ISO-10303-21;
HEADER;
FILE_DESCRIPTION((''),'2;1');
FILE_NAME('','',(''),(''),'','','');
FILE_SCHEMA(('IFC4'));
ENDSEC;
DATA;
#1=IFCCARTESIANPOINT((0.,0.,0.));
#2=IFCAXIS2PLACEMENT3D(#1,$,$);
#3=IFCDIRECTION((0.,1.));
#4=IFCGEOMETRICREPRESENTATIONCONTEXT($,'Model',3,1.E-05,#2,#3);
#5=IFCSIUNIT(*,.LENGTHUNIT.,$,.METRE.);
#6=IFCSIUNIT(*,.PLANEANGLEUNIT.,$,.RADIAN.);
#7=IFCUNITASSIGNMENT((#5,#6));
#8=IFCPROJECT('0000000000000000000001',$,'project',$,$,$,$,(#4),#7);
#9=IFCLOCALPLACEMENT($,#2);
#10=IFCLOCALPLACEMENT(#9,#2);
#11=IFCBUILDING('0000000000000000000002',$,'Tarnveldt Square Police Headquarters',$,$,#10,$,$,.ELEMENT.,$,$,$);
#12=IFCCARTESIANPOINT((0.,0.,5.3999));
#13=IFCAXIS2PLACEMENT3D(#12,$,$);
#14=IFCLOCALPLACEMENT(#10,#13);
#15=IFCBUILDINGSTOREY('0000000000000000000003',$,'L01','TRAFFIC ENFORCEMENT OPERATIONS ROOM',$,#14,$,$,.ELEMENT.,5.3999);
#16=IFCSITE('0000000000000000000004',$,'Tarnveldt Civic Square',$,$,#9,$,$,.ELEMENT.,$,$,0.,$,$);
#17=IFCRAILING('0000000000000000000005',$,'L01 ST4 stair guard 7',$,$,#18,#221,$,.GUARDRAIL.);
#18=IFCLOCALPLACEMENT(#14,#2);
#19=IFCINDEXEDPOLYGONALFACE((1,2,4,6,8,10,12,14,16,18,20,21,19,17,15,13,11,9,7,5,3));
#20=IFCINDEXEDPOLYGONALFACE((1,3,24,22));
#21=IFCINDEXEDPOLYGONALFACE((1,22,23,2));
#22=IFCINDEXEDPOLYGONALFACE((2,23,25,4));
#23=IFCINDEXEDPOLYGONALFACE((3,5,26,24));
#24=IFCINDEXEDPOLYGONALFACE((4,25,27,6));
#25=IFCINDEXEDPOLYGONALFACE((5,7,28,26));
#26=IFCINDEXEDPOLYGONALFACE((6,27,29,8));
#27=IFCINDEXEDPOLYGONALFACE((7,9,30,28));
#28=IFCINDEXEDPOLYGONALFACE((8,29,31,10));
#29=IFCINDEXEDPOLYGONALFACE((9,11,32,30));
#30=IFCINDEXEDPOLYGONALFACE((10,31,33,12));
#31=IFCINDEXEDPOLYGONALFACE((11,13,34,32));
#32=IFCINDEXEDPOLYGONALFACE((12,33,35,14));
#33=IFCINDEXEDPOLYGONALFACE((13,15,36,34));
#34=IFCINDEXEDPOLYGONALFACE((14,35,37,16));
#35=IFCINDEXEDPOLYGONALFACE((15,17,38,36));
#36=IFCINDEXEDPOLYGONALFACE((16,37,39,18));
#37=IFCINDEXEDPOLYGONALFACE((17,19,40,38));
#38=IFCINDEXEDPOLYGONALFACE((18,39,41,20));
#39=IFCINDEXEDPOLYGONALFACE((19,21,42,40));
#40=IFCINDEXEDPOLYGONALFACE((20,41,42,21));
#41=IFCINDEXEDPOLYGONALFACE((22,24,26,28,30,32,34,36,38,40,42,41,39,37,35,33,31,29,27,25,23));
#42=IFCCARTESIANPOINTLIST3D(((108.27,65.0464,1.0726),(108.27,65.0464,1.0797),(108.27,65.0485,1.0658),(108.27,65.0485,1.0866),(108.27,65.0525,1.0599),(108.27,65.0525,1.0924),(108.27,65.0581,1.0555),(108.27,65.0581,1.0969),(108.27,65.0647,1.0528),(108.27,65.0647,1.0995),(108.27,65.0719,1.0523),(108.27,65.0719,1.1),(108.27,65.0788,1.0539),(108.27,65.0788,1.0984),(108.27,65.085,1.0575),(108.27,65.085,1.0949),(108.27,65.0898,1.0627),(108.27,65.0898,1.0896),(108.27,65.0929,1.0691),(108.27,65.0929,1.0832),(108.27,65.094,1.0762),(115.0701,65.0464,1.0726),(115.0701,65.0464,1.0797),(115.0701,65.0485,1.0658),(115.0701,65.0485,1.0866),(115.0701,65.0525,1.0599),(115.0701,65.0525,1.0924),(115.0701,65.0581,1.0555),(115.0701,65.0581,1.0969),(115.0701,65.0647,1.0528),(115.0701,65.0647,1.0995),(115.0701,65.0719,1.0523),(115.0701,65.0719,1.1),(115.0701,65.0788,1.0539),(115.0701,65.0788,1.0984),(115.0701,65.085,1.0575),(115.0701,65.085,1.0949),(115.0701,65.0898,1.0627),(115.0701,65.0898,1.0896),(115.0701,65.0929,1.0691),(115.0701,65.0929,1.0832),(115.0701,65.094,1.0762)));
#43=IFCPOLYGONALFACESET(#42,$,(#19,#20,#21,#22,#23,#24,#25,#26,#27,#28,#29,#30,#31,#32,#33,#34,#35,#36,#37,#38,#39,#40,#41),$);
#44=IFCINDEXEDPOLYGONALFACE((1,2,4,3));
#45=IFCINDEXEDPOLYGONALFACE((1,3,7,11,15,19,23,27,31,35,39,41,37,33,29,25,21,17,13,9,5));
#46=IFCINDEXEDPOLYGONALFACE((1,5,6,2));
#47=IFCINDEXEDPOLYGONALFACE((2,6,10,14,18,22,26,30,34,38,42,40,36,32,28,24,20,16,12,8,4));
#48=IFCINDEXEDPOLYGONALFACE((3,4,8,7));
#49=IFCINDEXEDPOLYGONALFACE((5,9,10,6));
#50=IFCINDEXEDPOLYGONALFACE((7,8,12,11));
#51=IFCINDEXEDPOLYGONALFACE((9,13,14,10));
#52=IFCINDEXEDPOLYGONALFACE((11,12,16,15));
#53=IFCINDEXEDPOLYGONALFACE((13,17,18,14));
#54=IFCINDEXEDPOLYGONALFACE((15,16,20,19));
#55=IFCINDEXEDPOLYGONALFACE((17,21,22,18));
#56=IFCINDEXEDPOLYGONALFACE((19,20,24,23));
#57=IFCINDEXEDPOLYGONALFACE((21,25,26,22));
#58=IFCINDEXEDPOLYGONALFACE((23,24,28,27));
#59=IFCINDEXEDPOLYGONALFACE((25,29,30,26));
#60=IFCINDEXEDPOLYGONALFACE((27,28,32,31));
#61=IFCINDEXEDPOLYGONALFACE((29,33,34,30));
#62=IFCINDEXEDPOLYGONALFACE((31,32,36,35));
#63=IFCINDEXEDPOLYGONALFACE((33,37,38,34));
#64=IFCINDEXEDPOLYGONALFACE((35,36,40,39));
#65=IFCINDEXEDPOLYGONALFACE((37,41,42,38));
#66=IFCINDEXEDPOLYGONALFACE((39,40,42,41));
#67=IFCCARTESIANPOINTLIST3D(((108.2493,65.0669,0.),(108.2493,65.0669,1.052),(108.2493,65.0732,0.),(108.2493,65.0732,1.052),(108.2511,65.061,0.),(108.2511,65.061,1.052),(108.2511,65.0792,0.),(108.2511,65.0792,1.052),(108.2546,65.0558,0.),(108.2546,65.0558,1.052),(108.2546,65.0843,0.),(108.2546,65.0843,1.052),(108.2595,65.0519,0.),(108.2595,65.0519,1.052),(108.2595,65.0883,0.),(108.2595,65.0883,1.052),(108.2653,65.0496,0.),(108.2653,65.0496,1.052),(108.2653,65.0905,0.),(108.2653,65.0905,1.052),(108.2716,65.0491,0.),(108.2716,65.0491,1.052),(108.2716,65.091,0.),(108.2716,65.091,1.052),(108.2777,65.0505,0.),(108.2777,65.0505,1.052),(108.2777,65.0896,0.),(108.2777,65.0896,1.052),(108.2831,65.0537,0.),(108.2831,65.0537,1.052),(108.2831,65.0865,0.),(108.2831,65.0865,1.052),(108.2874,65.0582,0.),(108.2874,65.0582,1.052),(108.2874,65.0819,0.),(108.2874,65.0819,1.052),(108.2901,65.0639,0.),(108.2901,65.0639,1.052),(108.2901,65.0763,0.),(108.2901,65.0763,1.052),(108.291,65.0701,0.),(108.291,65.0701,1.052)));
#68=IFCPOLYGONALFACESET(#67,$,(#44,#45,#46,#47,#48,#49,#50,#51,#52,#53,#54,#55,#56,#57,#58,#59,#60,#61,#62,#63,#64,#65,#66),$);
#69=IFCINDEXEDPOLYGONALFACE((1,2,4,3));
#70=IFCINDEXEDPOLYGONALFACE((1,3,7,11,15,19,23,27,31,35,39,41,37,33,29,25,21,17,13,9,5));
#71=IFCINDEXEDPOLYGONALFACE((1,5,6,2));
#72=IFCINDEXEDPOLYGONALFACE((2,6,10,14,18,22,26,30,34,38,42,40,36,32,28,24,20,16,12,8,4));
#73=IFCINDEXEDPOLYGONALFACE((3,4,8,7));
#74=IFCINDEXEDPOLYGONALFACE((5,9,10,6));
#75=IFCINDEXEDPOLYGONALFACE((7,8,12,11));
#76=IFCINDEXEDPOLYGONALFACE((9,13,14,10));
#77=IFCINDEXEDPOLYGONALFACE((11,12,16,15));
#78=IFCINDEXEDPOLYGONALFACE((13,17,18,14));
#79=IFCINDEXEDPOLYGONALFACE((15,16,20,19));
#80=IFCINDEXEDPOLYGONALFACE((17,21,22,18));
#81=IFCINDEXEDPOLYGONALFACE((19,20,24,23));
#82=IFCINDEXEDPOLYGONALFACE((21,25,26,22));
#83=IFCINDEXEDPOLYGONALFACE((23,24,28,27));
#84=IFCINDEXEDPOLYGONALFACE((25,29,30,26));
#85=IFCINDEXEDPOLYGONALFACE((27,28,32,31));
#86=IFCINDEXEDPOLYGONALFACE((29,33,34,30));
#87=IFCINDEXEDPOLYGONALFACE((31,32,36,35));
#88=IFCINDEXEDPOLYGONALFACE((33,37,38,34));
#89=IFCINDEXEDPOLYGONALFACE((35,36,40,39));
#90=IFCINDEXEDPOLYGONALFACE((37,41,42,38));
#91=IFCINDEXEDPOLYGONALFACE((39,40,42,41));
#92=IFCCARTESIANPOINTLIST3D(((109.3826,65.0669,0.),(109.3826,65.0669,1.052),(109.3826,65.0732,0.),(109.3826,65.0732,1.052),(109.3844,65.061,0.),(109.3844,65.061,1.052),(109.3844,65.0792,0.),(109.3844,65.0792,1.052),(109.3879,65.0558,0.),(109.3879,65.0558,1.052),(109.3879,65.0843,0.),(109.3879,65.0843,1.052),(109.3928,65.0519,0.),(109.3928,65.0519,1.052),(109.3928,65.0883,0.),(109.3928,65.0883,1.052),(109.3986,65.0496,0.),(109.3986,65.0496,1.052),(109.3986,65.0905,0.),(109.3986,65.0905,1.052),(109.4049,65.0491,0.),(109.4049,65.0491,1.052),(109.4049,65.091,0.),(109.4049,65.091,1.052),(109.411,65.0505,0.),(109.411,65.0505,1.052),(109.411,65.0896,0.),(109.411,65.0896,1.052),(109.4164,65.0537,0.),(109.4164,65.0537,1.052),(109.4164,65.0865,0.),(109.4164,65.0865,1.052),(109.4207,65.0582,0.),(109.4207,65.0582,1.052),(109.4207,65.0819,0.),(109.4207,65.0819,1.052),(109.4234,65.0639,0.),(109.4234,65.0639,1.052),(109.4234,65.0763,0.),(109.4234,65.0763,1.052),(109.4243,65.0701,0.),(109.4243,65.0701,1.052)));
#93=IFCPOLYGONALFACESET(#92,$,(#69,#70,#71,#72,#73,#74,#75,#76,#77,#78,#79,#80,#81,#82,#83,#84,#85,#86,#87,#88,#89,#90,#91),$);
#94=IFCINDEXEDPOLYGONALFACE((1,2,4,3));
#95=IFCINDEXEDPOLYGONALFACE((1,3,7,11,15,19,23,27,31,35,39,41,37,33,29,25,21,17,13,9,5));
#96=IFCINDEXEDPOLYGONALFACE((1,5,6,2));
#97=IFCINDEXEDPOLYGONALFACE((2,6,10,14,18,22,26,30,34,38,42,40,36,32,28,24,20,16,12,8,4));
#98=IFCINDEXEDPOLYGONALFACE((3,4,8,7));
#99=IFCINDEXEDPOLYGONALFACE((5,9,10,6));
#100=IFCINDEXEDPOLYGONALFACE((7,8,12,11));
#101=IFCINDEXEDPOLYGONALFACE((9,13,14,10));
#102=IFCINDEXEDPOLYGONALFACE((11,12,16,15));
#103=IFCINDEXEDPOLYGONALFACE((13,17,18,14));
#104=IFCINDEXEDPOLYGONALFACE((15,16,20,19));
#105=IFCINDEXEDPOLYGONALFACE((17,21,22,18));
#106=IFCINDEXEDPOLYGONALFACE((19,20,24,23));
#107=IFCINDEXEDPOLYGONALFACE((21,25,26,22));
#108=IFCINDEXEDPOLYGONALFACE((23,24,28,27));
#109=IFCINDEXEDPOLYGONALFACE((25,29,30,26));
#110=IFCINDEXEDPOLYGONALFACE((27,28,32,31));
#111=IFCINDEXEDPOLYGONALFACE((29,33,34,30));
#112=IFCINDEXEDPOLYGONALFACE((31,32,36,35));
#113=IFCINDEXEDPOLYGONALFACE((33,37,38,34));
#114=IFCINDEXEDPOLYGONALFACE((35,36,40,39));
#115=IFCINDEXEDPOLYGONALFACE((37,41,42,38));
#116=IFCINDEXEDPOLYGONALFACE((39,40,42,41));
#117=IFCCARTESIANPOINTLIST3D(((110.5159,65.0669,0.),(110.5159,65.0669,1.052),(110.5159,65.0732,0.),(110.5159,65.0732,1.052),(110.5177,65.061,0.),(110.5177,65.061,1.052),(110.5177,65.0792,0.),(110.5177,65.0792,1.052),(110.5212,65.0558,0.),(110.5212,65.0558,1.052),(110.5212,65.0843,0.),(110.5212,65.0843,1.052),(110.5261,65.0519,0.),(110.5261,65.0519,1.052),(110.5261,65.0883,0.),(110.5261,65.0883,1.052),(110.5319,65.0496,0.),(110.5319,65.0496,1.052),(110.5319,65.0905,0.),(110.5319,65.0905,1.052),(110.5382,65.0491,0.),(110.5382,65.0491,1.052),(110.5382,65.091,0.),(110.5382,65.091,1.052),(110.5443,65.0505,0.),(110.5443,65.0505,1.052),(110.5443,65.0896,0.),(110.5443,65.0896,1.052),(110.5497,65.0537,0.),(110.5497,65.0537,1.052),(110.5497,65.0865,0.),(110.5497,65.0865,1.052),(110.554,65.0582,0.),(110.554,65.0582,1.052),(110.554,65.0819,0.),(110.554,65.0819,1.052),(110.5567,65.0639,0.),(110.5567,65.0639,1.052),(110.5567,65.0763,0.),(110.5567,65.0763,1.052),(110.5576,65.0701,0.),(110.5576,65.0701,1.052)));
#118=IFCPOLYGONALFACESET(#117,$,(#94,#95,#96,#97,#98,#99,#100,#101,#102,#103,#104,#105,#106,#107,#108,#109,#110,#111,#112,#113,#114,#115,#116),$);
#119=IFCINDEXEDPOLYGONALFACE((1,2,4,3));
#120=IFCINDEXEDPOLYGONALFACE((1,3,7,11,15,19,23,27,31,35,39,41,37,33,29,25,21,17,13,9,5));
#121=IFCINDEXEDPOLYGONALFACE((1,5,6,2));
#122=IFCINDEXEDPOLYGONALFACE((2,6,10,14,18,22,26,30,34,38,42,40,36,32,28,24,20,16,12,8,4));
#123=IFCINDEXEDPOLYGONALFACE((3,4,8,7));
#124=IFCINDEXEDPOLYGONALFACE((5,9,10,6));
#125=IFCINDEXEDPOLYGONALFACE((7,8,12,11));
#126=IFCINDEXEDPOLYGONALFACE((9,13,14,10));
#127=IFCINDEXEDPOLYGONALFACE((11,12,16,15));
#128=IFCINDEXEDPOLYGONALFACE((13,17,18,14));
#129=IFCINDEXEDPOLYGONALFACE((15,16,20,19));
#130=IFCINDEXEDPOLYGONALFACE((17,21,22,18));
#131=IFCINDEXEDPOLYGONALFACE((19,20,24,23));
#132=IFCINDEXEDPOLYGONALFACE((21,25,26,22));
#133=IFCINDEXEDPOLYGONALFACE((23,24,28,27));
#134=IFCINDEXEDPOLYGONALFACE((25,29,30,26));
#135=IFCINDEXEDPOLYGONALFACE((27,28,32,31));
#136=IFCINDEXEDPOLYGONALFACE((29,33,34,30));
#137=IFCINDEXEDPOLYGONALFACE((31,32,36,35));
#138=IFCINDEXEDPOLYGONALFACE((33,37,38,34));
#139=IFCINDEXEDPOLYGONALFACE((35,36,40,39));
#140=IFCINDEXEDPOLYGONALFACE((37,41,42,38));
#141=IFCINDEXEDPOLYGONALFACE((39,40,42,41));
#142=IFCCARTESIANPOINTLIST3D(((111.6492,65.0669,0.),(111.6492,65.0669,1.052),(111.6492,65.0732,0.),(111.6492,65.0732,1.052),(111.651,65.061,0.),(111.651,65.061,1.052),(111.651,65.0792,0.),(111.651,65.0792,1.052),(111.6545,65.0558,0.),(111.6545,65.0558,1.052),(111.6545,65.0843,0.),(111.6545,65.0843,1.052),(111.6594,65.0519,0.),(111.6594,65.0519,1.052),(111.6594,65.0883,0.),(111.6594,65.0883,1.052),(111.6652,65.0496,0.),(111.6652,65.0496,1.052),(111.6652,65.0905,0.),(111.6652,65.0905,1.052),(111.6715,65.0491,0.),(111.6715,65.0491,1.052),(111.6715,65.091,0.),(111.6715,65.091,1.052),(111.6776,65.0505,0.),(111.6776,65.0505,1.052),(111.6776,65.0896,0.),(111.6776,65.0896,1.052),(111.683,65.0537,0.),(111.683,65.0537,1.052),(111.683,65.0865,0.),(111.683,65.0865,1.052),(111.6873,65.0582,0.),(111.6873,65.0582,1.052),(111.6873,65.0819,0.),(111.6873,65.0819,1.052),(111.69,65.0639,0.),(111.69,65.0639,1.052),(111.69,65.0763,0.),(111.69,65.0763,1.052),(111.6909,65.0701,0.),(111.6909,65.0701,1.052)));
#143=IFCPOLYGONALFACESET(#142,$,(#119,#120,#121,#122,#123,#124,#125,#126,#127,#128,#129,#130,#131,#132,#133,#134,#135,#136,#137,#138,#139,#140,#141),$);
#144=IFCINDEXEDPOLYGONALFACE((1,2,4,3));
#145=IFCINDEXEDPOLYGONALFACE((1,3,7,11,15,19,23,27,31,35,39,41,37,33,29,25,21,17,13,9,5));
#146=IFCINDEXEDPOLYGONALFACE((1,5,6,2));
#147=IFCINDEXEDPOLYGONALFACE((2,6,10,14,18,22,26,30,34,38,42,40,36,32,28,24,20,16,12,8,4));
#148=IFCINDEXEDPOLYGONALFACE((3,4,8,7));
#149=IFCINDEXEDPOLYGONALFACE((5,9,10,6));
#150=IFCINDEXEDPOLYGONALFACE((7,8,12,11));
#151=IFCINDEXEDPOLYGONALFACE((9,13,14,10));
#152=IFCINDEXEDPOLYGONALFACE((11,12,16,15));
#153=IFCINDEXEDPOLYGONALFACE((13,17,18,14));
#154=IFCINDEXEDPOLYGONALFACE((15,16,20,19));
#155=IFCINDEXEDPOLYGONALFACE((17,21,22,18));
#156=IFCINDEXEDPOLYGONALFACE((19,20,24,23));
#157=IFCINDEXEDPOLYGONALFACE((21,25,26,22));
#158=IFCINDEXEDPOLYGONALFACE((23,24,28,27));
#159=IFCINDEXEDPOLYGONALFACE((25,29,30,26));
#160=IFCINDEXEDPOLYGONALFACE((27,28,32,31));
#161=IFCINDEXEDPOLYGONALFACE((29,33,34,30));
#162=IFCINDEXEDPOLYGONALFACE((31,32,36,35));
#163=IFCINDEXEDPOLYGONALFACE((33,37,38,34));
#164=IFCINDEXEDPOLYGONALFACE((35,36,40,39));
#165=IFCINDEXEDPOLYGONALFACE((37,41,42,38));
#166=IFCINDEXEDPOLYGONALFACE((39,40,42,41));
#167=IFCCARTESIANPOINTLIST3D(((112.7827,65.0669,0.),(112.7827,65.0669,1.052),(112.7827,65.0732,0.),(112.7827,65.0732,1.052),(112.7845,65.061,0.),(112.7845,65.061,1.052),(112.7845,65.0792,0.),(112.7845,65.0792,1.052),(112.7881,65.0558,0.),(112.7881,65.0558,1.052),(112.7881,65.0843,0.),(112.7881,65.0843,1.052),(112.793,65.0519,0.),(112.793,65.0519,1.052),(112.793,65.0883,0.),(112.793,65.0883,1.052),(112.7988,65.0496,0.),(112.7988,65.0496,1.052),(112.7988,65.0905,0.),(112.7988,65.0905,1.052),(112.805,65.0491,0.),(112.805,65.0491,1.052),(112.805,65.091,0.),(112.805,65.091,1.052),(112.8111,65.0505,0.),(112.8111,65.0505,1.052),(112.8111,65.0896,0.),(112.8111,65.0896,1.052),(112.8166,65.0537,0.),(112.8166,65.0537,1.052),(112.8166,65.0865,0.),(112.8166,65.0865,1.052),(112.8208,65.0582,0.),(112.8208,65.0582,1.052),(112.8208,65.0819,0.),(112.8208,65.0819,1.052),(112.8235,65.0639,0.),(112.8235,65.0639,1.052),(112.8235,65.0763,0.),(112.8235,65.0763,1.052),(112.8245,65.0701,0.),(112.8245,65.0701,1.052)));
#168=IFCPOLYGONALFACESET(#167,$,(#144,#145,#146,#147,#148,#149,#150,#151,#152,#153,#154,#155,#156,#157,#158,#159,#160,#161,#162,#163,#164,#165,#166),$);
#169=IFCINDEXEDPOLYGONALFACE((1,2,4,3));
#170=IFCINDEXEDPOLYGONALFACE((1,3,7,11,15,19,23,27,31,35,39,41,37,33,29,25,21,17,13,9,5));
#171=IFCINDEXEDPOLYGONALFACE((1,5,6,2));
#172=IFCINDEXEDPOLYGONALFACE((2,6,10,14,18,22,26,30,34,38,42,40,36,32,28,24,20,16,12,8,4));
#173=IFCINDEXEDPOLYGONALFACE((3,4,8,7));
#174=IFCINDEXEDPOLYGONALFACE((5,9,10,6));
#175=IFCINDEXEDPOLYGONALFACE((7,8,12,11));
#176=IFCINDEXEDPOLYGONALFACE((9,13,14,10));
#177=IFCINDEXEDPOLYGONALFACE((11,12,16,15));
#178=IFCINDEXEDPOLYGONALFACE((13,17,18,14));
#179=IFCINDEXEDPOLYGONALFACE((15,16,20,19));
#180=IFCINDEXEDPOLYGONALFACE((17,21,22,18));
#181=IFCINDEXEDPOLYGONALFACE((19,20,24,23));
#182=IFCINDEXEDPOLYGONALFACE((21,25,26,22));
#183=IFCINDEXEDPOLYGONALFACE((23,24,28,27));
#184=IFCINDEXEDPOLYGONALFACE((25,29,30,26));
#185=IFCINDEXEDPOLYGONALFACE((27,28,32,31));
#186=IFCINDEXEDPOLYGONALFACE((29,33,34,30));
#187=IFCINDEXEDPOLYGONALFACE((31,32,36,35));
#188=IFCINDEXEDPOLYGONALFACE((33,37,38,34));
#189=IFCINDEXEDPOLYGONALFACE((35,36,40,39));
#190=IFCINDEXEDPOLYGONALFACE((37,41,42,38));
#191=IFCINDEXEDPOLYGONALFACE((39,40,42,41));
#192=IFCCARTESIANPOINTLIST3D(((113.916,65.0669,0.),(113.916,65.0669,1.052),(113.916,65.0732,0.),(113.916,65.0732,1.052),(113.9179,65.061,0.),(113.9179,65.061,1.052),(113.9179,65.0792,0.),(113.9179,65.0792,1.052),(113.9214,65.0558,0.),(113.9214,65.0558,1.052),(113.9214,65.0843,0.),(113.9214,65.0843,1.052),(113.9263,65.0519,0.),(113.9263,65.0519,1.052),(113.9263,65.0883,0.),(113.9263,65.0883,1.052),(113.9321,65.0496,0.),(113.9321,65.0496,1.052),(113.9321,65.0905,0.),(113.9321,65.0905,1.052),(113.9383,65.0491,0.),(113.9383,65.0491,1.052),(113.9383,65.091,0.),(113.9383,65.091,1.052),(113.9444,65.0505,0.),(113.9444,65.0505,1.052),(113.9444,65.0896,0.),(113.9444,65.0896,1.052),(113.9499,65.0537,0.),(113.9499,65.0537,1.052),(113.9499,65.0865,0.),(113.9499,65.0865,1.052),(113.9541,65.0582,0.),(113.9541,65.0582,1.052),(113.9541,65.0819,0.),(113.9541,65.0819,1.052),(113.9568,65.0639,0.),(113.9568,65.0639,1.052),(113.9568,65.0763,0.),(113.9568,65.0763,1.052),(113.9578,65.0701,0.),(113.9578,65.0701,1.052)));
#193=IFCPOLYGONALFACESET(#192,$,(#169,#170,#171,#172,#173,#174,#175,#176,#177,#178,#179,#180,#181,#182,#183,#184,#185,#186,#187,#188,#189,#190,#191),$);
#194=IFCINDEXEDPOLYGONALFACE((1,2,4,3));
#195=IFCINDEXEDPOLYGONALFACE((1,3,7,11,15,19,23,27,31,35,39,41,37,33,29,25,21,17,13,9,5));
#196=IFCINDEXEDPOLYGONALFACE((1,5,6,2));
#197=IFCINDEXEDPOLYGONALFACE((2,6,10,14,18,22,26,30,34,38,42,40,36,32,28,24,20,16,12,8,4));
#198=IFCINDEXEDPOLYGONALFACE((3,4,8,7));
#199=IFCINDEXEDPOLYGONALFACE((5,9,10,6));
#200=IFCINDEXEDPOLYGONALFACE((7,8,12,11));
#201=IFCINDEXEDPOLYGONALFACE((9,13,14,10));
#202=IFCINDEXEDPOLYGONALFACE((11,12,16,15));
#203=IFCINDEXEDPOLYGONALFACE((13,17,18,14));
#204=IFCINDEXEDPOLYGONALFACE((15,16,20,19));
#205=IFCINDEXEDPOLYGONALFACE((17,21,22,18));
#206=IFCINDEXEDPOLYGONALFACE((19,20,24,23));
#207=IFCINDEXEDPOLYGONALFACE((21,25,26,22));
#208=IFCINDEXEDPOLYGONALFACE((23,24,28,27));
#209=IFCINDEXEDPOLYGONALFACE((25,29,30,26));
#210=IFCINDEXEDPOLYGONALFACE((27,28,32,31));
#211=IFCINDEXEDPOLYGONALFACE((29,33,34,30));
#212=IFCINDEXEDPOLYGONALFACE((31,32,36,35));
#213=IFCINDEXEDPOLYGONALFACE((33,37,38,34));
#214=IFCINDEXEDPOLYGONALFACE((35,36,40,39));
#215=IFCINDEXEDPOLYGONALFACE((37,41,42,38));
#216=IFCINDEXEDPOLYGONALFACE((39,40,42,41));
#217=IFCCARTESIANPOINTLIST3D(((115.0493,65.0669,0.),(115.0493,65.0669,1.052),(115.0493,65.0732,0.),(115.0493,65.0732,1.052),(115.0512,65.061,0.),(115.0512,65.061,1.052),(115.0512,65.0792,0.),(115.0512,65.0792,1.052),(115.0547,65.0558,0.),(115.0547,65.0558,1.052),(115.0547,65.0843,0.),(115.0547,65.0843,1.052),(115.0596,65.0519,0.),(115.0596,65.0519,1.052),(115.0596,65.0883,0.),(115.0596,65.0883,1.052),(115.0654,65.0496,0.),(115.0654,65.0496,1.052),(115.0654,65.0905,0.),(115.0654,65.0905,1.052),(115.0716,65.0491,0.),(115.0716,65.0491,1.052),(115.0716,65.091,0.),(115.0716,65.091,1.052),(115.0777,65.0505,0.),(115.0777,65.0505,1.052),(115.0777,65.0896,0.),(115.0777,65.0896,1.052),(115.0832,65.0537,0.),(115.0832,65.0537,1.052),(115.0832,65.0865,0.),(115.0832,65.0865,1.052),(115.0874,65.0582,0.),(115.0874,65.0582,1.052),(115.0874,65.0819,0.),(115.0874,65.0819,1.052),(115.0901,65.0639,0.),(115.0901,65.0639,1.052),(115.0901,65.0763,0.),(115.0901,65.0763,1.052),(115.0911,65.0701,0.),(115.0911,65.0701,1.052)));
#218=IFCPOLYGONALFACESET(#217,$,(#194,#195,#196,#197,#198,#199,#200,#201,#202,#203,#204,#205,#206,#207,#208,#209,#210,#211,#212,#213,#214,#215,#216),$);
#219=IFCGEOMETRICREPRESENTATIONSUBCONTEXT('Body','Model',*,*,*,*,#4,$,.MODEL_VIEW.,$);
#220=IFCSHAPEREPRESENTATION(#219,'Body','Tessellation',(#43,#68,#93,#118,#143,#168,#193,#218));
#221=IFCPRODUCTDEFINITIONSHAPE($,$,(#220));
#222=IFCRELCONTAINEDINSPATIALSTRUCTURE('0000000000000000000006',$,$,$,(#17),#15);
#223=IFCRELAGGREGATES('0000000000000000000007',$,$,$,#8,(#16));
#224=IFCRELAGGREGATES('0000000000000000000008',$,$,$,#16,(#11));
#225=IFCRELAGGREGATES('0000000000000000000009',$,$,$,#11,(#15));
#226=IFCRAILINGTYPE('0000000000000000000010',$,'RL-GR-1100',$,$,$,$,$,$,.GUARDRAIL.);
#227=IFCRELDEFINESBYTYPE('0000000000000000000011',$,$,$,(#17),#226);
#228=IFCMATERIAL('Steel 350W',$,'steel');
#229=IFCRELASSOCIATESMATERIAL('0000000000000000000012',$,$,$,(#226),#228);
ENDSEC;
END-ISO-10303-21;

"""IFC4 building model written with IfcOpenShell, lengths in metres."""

from ifc_helpers import new_model, si_unit, direction, frame, origin, origin_2d, place, context, subcontext, project, spatial, circle, extrude, material, type_object, element, save


model = new_model("IFC4")

# Units and contexts
model_context = context("Model", 3, precision=1e-05, world=origin(), true_north=direction((0.0, 1.0)))
body_context = subcontext(model_context, "Body", "Model", "MODEL_VIEW")
ifc_project = project(units=[si_unit("LENGTHUNIT", "METRE"), si_unit("PLANEANGLEUNIT", "RADIAN")], contexts=[model_context])

# Site, building, storey
site_placement = place(None, origin())
site = spatial("IfcSite", under=ifc_project, at=site_placement, Name="Tarnveldt Civic Square", CompositionType="ELEMENT", RefElevation=0.0)
building_placement = place(site_placement, origin())
building = spatial("IfcBuilding", under=site, at=building_placement, Name="Tarnveldt Square Police Headquarters", CompositionType="ELEMENT")
storey_placement = place(building_placement, frame((0.0, 0.0, 5.3999)))
storey = spatial("IfcBuildingStorey", under=building, at=storey_placement, Name="L01", Description="TRAFFIC ENFORCEMENT OPERATIONS ROOM", CompositionType="ELEMENT", Elevation=5.3999)

# Shared definitions
ifc_material_1 = material(Name="Steel 350W", Category="steel")

# Railing
railing_type_1 = type_object("IfcRailingType", Name="RL-GR-1100", PredefinedType="GUARDRAIL", material=ifc_material_1)
railing_1_placement = place(storey_placement, frame((108.27, 65.0701, 0.0)))
element("IfcRailing", 1, at=railing_1_placement, inside=storey, type_object=railing_type_1, Name="L01 ST4 stair guard 7", PredefinedType="GUARDRAIL", context=body_context, shape_type="SweptSolid", body=[
    extrude(circle(Radius=0.0239, at=origin_2d()), frame((0.0, 0.0, 1.0762), z_axis=(1.0, 0.0, 0.0), x_axis=(0.0, 1.0, 0.0)), (0.0, 0.0, 1.0), 6.8),
    extrude(circle(Radius=0.021, at=origin_2d()), origin(), (0.0, 0.0, 1.0), 1.052),
    extrude(circle(Radius=0.021, at=origin_2d()), frame((1.1333, 0.0, 0.0)), (0.0, 0.0, 1.0), 1.052),
    extrude(circle(Radius=0.021, at=origin_2d()), frame((2.2666, 0.0, 0.0)), (0.0, 0.0, 1.0), 1.052),
    extrude(circle(Radius=0.021, at=origin_2d()), frame((3.3999, 0.0, 0.0)), (0.0, 0.0, 1.0), 1.052),
    extrude(circle(Radius=0.021, at=origin_2d()), frame((4.5334, 0.0, 0.0)), (0.0, 0.0, 1.0), 1.052),
    extrude(circle(Radius=0.021, at=origin_2d()), frame((5.6667, 0.0, 0.0)), (0.0, 0.0, 1.0), 1.052),
    extrude(circle(Radius=0.021, at=origin_2d()), frame((6.8, 0.0, 0.0)), (0.0, 0.0, 1.0), 1.052),
])

save(model, "model.ifc")
